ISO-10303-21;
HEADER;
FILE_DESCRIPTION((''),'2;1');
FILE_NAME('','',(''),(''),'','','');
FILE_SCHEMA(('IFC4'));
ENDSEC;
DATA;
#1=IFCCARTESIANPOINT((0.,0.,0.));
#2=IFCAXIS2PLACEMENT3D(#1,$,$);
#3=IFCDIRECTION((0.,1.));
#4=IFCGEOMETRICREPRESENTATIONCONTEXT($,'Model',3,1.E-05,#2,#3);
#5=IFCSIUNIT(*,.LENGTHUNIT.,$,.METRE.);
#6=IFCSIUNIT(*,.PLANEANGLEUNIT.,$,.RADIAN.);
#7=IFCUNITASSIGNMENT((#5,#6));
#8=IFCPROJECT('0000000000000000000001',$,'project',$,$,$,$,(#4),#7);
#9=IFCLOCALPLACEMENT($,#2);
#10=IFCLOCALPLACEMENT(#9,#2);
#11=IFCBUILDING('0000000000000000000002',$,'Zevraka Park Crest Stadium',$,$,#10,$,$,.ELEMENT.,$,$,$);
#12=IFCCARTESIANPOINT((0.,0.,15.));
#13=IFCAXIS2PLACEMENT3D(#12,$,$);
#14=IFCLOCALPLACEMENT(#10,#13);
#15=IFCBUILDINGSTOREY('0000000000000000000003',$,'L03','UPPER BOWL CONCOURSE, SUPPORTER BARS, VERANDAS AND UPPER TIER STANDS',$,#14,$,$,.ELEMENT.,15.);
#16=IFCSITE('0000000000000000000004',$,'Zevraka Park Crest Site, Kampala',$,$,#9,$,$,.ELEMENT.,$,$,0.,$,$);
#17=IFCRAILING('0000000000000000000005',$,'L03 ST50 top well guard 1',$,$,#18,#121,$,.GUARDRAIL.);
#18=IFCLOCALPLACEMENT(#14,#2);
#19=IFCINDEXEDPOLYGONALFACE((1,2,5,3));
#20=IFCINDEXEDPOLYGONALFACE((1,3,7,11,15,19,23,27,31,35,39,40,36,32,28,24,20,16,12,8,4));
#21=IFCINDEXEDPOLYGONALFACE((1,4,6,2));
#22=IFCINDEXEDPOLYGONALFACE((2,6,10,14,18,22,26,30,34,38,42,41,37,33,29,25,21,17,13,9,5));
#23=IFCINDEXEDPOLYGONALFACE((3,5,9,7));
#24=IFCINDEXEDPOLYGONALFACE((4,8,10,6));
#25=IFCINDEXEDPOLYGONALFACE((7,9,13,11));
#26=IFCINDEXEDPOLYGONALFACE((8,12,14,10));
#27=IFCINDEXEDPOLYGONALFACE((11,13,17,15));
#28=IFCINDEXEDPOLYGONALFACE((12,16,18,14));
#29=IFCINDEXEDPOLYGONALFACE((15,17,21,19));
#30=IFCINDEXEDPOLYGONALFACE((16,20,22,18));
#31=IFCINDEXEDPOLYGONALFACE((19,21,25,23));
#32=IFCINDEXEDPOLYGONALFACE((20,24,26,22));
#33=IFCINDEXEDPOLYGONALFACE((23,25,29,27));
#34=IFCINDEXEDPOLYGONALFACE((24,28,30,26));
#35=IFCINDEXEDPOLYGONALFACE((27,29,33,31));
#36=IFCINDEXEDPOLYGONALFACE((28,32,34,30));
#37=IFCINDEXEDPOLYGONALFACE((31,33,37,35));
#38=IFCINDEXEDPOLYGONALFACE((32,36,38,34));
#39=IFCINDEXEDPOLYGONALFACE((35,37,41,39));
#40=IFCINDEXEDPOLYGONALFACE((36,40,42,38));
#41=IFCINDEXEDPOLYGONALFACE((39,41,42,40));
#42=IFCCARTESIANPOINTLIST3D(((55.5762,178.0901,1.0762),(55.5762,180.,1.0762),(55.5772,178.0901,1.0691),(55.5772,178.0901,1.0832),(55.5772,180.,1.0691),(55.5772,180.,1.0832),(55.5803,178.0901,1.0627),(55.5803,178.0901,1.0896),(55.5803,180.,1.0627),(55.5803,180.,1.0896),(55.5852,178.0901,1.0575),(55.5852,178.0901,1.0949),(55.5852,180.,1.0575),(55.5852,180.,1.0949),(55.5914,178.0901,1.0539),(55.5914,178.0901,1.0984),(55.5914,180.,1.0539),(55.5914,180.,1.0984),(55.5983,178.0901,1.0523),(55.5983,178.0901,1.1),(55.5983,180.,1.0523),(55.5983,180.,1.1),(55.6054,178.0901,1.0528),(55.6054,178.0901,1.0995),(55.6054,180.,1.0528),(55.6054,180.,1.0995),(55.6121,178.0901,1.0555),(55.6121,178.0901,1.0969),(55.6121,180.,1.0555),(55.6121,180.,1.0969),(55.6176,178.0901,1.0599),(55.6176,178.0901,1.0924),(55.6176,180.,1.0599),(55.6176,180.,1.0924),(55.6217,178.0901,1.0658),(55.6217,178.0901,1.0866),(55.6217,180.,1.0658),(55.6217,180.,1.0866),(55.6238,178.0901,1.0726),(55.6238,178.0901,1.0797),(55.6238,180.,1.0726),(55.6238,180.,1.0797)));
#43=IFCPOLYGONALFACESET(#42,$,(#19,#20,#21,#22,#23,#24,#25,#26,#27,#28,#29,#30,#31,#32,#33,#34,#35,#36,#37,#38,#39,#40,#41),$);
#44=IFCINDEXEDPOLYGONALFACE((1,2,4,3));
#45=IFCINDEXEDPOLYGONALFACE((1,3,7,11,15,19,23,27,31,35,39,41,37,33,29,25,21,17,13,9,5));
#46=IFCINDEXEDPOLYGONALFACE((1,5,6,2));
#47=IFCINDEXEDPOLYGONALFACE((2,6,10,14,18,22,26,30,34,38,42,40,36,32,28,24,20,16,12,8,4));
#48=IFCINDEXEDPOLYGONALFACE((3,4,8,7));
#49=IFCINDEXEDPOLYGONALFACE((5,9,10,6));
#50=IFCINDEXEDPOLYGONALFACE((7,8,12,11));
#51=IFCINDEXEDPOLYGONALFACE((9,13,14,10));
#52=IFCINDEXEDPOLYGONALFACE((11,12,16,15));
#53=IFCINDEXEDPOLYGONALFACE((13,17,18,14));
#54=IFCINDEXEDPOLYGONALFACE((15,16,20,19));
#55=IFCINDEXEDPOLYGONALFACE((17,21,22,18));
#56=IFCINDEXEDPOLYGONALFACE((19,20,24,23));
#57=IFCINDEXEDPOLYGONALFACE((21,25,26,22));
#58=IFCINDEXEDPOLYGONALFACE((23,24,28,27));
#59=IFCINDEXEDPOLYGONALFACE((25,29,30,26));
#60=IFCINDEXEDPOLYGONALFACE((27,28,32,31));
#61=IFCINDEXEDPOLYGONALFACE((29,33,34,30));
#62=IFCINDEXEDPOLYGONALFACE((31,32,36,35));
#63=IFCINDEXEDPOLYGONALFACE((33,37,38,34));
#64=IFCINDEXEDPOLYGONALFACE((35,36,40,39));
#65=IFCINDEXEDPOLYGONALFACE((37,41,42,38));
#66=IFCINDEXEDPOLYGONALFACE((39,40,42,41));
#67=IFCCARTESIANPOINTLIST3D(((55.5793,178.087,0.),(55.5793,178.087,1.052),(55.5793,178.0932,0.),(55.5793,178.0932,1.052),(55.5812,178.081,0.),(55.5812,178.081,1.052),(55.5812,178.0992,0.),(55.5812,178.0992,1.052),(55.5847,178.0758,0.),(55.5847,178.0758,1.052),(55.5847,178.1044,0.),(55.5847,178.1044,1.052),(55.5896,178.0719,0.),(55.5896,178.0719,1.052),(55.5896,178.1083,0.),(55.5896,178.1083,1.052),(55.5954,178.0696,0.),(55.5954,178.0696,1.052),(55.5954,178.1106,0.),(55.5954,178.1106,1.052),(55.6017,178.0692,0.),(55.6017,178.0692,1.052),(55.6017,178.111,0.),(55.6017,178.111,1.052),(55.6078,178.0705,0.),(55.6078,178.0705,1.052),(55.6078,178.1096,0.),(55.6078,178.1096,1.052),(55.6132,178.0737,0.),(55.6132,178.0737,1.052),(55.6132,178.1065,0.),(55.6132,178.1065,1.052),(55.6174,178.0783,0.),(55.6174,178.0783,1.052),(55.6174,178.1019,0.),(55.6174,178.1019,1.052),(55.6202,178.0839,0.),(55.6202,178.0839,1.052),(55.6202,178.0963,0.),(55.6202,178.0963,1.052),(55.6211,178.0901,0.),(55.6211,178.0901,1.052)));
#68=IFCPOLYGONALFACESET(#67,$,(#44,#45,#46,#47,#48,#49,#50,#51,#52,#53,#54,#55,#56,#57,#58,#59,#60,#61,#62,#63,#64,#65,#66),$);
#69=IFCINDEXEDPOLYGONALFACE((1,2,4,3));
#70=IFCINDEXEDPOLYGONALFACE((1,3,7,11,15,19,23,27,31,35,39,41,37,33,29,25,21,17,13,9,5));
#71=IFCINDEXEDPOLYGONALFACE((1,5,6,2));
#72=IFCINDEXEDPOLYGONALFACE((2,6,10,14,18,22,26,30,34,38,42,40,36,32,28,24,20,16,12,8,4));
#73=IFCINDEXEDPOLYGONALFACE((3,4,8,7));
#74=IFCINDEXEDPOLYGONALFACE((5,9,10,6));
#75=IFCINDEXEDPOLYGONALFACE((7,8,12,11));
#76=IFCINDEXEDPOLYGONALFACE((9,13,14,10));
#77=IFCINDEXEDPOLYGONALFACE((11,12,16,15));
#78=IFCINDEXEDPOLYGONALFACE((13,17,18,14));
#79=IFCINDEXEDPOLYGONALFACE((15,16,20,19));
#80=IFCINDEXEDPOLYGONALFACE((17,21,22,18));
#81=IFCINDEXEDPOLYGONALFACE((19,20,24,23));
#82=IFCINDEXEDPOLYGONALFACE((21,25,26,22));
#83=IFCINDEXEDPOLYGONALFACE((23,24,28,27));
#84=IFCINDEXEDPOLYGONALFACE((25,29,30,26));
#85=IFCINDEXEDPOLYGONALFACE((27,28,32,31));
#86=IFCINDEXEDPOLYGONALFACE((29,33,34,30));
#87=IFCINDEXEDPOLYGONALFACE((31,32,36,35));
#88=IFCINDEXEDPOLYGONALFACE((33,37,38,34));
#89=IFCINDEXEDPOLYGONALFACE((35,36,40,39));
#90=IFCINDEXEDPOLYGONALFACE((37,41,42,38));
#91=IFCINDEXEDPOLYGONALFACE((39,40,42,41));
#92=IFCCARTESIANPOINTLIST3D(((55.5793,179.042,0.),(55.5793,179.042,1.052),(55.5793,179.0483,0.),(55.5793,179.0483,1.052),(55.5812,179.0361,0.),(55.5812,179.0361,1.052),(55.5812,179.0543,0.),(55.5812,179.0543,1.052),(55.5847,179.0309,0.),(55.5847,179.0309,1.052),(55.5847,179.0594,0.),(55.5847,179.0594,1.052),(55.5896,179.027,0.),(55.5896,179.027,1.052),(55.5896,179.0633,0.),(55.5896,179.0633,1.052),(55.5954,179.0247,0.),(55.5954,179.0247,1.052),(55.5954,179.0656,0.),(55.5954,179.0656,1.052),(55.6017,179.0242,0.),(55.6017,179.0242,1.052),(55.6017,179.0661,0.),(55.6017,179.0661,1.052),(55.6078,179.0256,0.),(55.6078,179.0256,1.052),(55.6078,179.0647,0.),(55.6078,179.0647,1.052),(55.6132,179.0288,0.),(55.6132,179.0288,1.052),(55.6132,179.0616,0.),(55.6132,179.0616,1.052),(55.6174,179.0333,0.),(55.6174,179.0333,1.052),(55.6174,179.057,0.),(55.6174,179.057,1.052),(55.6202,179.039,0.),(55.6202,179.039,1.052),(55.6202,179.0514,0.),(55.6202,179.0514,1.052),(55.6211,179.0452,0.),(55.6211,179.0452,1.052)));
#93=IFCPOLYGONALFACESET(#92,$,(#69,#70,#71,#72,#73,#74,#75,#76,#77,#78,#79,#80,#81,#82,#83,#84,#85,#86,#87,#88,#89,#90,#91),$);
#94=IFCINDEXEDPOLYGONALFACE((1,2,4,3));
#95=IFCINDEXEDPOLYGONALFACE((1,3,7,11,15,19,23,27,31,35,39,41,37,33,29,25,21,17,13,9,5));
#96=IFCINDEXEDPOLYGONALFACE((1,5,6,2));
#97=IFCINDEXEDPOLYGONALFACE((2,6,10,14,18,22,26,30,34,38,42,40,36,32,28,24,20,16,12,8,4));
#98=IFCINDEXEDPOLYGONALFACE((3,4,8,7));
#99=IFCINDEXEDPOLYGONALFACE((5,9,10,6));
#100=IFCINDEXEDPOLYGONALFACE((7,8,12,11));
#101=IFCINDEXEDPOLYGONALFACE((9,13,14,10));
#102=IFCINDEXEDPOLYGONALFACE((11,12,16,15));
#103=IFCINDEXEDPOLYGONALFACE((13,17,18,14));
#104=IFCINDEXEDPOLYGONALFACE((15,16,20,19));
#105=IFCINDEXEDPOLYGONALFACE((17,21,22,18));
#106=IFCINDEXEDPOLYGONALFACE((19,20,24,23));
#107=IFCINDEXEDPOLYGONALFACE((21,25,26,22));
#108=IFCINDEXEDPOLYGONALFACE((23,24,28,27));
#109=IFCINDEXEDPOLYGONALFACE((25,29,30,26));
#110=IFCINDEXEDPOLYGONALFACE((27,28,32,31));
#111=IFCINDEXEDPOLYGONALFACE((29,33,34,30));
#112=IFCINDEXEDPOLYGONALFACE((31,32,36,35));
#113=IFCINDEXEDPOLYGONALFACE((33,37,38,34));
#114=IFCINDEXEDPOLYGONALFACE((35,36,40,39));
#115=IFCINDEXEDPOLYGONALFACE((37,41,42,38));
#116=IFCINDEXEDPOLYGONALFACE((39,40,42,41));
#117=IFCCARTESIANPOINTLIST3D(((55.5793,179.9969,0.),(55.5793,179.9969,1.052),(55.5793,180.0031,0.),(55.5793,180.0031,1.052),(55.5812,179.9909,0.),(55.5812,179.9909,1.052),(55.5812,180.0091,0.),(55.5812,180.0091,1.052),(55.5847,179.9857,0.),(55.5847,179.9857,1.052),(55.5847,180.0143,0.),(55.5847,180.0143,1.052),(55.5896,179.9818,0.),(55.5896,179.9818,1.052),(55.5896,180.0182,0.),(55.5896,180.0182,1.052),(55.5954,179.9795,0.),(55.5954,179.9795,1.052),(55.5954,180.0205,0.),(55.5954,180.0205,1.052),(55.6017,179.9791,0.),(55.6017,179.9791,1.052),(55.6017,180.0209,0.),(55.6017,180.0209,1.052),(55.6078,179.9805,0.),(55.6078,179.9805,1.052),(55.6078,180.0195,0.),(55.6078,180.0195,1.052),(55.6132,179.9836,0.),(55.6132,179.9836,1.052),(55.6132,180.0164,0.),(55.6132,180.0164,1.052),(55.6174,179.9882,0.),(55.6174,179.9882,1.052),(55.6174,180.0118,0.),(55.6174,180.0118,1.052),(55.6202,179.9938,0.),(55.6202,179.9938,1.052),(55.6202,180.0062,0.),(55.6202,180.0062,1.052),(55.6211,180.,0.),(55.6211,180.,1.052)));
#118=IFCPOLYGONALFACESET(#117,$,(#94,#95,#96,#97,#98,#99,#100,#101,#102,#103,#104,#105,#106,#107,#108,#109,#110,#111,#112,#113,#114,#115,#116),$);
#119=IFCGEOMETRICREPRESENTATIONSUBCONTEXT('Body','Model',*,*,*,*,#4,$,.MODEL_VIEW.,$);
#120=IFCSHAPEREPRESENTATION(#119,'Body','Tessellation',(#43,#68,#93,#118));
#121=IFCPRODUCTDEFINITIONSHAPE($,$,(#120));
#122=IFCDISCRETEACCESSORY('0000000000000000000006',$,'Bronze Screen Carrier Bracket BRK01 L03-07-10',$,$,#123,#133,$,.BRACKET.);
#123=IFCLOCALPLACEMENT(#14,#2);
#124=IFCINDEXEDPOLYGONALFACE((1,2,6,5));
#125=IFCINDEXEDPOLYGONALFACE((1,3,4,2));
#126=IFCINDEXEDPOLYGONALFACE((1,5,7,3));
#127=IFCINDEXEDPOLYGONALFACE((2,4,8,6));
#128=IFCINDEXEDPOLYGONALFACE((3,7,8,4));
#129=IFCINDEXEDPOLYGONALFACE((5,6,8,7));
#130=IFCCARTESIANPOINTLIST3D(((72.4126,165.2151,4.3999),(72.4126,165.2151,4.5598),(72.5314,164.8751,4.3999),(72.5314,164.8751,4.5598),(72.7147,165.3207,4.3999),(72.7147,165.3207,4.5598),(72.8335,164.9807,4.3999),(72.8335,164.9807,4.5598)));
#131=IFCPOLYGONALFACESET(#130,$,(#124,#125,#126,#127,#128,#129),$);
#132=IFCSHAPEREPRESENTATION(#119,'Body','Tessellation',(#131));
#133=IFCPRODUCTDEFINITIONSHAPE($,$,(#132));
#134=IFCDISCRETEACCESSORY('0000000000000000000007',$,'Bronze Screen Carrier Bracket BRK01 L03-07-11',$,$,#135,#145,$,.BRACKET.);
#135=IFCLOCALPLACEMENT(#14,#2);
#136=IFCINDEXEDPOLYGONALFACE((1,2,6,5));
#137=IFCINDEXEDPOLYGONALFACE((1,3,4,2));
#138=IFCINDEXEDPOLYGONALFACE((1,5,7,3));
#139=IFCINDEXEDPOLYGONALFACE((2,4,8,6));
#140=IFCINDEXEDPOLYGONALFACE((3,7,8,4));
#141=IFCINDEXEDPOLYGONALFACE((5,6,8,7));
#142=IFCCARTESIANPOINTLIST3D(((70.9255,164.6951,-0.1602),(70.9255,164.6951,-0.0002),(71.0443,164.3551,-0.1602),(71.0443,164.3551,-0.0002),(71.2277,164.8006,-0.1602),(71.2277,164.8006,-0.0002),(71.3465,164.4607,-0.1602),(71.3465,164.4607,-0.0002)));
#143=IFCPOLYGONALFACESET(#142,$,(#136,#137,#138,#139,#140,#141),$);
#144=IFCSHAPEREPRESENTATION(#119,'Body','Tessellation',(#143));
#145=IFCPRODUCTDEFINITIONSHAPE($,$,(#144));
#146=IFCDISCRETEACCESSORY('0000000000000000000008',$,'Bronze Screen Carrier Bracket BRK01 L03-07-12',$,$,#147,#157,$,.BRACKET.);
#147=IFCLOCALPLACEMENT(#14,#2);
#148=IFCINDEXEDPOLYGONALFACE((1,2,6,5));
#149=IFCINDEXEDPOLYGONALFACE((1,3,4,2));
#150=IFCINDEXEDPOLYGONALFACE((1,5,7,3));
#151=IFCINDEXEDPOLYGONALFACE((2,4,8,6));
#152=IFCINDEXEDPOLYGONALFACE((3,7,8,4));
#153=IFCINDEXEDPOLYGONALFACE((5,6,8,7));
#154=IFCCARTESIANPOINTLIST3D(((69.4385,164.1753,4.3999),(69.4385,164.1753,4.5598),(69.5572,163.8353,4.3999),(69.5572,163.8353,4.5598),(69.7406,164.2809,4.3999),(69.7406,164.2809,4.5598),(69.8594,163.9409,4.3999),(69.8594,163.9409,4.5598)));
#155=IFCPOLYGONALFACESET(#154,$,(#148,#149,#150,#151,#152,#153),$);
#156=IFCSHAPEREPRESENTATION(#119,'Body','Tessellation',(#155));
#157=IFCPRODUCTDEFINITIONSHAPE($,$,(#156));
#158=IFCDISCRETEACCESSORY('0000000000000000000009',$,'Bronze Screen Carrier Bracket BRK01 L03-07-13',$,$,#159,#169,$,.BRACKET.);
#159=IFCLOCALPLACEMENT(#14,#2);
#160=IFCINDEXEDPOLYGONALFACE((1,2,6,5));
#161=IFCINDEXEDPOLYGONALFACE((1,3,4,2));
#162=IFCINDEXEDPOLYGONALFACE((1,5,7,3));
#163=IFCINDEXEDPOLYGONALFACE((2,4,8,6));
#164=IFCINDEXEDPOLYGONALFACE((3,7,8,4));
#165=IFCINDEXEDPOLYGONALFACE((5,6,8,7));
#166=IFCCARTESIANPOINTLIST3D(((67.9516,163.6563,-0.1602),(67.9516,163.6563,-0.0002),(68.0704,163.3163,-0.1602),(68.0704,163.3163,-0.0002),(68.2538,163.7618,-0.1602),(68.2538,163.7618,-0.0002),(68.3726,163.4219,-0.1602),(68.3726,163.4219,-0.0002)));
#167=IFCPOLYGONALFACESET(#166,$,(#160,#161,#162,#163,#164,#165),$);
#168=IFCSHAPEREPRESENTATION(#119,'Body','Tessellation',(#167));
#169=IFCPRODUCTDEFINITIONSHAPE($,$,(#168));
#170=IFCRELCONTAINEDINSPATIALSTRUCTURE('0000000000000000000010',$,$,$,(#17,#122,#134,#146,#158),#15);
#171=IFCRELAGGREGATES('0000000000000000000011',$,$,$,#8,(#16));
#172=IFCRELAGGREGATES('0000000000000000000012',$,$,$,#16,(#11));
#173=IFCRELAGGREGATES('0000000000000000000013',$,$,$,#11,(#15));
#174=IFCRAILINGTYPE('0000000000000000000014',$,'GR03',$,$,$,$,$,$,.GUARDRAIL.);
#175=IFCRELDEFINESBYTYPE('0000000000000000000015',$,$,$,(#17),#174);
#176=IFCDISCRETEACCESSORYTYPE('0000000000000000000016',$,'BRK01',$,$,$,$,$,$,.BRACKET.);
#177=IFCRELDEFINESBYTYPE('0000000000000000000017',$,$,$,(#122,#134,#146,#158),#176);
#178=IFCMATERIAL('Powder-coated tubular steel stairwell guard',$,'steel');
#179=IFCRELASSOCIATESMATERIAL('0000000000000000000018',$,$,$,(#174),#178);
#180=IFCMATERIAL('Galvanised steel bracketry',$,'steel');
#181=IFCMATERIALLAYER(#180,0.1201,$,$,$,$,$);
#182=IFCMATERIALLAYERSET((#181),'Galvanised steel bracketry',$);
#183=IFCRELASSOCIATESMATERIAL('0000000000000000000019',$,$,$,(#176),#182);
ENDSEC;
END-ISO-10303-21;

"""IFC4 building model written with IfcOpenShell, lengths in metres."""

from ifc_helpers import new_model, si_unit, direction, frame, origin, origin_2d, place, context, subcontext, project, spatial, rectangle, circle, extrude, material, layer, layer_set, type_object, element, save


model = new_model("IFC4")

# Units and contexts
model_context = context("Model", 3, precision=1e-05, world=origin(), true_north=direction((0.0, 1.0)))
body_context = subcontext(model_context, "Body", "Model", "MODEL_VIEW")
ifc_project = project(units=[si_unit("LENGTHUNIT", "METRE"), si_unit("PLANEANGLEUNIT", "RADIAN")], contexts=[model_context])

# Site, building, storey
site_placement = place(None, origin())
site = spatial("IfcSite", under=ifc_project, at=site_placement, Name="Zevraka Park Crest Site, Kampala", CompositionType="ELEMENT", RefElevation=0.0)
building_placement = place(site_placement, origin())
building = spatial("IfcBuilding", under=site, at=building_placement, Name="Zevraka Park Crest Stadium", CompositionType="ELEMENT")
storey_placement = place(building_placement, frame((0.0, 0.0, 15.0)))
storey = spatial("IfcBuildingStorey", under=building, at=storey_placement, Name="L03", Description="UPPER BOWL CONCOURSE, SUPPORTER BARS, VERANDAS AND UPPER TIER STANDS", CompositionType="ELEMENT", Elevation=15.0)

# Railing
ifc_material_1 = material(Name="Powder-coated tubular steel stairwell guard", Category="steel")
railing_type_1 = type_object("IfcRailingType", Name="GR03", PredefinedType="GUARDRAIL", material=ifc_material_1)
railing_1_placement = place(storey_placement, frame((55.6001, 178.0901, 0.0)))
element("IfcRailing", 1, at=railing_1_placement, inside=storey, type_object=railing_type_1, Name="L03 ST50 top well guard 1", PredefinedType="GUARDRAIL", context=body_context, shape_type="SweptSolid", body=[
    extrude(circle(Radius=0.0239, at=origin_2d()), frame((0.0, 0.0, 1.0762), z_axis=(0.0, 1.0, 0.0), x_axis=(-1.0, 0.0, 0.0)), (0.0, 0.0, 1.0), 1.9099),
    extrude(circle(Radius=0.021, at=origin_2d()), origin(), (0.0, 0.0, 1.0), 1.052),
    extrude(circle(Radius=0.021, at=origin_2d()), frame((0.0, 0.9551, 0.0)), (0.0, 0.0, 1.0), 1.052),
    extrude(circle(Radius=0.021, at=origin_2d()), frame((0.0, 1.9099, 0.0)), (0.0, 0.0, 1.0), 1.052),
])

# Discrete accessories
ifc_material_2 = material(Name="Galvanised steel bracketry", Category="steel")
ifc_layer_1 = layer(ifc_material_2, 0.1201)
ifc_layer_set_1 = layer_set([ifc_layer_1], Name="Galvanised steel bracketry")
discrete_accessory_type = type_object("IfcDiscreteAccessoryType", Name="BRK01", PredefinedType="BRACKET", material=ifc_layer_set_1)
for number, where, z_axis, x_axis, name in (
    (2, (72.623, 165.0979, 4.3999), (0.0, 0.0, 1.0), (-0.944031, -0.329855, 0.0), "Bronze Screen Carrier Bracket BRK01 L03-07-10"),
    (3, (71.136, 164.5779, -0.1602), (0.0, 0.0, 1.0), (-0.944031, -0.329855, 0.0), "Bronze Screen Carrier Bracket BRK01 L03-07-11"),
    (4, (69.6489, 164.0581, 4.3999), (0.0, 0.0, 1.0), (-0.944031, -0.329855, 0.0), "Bronze Screen Carrier Bracket BRK01 L03-07-12"),
    (5, (68.1621, 163.5391, -0.1602), (0.0, 0.0, 1.0), (-0.944031, -0.329855, 0.0), "Bronze Screen Carrier Bracket BRK01 L03-07-13"),
):
    element("IfcDiscreteAccessory", number, at=place(storey_placement, frame(where, z_axis=z_axis, x_axis=x_axis)), inside=storey, type_object=discrete_accessory_type, Name=name, PredefinedType="BRACKET", context=body_context, shape_type="SweptSolid", body=[
        extrude(rectangle(XDim=0.3201, YDim=0.3601, at=origin_2d()), origin(), (0.0, 0.0, 1.0), 0.1599),
    ])

save(model, "model.ifc")
